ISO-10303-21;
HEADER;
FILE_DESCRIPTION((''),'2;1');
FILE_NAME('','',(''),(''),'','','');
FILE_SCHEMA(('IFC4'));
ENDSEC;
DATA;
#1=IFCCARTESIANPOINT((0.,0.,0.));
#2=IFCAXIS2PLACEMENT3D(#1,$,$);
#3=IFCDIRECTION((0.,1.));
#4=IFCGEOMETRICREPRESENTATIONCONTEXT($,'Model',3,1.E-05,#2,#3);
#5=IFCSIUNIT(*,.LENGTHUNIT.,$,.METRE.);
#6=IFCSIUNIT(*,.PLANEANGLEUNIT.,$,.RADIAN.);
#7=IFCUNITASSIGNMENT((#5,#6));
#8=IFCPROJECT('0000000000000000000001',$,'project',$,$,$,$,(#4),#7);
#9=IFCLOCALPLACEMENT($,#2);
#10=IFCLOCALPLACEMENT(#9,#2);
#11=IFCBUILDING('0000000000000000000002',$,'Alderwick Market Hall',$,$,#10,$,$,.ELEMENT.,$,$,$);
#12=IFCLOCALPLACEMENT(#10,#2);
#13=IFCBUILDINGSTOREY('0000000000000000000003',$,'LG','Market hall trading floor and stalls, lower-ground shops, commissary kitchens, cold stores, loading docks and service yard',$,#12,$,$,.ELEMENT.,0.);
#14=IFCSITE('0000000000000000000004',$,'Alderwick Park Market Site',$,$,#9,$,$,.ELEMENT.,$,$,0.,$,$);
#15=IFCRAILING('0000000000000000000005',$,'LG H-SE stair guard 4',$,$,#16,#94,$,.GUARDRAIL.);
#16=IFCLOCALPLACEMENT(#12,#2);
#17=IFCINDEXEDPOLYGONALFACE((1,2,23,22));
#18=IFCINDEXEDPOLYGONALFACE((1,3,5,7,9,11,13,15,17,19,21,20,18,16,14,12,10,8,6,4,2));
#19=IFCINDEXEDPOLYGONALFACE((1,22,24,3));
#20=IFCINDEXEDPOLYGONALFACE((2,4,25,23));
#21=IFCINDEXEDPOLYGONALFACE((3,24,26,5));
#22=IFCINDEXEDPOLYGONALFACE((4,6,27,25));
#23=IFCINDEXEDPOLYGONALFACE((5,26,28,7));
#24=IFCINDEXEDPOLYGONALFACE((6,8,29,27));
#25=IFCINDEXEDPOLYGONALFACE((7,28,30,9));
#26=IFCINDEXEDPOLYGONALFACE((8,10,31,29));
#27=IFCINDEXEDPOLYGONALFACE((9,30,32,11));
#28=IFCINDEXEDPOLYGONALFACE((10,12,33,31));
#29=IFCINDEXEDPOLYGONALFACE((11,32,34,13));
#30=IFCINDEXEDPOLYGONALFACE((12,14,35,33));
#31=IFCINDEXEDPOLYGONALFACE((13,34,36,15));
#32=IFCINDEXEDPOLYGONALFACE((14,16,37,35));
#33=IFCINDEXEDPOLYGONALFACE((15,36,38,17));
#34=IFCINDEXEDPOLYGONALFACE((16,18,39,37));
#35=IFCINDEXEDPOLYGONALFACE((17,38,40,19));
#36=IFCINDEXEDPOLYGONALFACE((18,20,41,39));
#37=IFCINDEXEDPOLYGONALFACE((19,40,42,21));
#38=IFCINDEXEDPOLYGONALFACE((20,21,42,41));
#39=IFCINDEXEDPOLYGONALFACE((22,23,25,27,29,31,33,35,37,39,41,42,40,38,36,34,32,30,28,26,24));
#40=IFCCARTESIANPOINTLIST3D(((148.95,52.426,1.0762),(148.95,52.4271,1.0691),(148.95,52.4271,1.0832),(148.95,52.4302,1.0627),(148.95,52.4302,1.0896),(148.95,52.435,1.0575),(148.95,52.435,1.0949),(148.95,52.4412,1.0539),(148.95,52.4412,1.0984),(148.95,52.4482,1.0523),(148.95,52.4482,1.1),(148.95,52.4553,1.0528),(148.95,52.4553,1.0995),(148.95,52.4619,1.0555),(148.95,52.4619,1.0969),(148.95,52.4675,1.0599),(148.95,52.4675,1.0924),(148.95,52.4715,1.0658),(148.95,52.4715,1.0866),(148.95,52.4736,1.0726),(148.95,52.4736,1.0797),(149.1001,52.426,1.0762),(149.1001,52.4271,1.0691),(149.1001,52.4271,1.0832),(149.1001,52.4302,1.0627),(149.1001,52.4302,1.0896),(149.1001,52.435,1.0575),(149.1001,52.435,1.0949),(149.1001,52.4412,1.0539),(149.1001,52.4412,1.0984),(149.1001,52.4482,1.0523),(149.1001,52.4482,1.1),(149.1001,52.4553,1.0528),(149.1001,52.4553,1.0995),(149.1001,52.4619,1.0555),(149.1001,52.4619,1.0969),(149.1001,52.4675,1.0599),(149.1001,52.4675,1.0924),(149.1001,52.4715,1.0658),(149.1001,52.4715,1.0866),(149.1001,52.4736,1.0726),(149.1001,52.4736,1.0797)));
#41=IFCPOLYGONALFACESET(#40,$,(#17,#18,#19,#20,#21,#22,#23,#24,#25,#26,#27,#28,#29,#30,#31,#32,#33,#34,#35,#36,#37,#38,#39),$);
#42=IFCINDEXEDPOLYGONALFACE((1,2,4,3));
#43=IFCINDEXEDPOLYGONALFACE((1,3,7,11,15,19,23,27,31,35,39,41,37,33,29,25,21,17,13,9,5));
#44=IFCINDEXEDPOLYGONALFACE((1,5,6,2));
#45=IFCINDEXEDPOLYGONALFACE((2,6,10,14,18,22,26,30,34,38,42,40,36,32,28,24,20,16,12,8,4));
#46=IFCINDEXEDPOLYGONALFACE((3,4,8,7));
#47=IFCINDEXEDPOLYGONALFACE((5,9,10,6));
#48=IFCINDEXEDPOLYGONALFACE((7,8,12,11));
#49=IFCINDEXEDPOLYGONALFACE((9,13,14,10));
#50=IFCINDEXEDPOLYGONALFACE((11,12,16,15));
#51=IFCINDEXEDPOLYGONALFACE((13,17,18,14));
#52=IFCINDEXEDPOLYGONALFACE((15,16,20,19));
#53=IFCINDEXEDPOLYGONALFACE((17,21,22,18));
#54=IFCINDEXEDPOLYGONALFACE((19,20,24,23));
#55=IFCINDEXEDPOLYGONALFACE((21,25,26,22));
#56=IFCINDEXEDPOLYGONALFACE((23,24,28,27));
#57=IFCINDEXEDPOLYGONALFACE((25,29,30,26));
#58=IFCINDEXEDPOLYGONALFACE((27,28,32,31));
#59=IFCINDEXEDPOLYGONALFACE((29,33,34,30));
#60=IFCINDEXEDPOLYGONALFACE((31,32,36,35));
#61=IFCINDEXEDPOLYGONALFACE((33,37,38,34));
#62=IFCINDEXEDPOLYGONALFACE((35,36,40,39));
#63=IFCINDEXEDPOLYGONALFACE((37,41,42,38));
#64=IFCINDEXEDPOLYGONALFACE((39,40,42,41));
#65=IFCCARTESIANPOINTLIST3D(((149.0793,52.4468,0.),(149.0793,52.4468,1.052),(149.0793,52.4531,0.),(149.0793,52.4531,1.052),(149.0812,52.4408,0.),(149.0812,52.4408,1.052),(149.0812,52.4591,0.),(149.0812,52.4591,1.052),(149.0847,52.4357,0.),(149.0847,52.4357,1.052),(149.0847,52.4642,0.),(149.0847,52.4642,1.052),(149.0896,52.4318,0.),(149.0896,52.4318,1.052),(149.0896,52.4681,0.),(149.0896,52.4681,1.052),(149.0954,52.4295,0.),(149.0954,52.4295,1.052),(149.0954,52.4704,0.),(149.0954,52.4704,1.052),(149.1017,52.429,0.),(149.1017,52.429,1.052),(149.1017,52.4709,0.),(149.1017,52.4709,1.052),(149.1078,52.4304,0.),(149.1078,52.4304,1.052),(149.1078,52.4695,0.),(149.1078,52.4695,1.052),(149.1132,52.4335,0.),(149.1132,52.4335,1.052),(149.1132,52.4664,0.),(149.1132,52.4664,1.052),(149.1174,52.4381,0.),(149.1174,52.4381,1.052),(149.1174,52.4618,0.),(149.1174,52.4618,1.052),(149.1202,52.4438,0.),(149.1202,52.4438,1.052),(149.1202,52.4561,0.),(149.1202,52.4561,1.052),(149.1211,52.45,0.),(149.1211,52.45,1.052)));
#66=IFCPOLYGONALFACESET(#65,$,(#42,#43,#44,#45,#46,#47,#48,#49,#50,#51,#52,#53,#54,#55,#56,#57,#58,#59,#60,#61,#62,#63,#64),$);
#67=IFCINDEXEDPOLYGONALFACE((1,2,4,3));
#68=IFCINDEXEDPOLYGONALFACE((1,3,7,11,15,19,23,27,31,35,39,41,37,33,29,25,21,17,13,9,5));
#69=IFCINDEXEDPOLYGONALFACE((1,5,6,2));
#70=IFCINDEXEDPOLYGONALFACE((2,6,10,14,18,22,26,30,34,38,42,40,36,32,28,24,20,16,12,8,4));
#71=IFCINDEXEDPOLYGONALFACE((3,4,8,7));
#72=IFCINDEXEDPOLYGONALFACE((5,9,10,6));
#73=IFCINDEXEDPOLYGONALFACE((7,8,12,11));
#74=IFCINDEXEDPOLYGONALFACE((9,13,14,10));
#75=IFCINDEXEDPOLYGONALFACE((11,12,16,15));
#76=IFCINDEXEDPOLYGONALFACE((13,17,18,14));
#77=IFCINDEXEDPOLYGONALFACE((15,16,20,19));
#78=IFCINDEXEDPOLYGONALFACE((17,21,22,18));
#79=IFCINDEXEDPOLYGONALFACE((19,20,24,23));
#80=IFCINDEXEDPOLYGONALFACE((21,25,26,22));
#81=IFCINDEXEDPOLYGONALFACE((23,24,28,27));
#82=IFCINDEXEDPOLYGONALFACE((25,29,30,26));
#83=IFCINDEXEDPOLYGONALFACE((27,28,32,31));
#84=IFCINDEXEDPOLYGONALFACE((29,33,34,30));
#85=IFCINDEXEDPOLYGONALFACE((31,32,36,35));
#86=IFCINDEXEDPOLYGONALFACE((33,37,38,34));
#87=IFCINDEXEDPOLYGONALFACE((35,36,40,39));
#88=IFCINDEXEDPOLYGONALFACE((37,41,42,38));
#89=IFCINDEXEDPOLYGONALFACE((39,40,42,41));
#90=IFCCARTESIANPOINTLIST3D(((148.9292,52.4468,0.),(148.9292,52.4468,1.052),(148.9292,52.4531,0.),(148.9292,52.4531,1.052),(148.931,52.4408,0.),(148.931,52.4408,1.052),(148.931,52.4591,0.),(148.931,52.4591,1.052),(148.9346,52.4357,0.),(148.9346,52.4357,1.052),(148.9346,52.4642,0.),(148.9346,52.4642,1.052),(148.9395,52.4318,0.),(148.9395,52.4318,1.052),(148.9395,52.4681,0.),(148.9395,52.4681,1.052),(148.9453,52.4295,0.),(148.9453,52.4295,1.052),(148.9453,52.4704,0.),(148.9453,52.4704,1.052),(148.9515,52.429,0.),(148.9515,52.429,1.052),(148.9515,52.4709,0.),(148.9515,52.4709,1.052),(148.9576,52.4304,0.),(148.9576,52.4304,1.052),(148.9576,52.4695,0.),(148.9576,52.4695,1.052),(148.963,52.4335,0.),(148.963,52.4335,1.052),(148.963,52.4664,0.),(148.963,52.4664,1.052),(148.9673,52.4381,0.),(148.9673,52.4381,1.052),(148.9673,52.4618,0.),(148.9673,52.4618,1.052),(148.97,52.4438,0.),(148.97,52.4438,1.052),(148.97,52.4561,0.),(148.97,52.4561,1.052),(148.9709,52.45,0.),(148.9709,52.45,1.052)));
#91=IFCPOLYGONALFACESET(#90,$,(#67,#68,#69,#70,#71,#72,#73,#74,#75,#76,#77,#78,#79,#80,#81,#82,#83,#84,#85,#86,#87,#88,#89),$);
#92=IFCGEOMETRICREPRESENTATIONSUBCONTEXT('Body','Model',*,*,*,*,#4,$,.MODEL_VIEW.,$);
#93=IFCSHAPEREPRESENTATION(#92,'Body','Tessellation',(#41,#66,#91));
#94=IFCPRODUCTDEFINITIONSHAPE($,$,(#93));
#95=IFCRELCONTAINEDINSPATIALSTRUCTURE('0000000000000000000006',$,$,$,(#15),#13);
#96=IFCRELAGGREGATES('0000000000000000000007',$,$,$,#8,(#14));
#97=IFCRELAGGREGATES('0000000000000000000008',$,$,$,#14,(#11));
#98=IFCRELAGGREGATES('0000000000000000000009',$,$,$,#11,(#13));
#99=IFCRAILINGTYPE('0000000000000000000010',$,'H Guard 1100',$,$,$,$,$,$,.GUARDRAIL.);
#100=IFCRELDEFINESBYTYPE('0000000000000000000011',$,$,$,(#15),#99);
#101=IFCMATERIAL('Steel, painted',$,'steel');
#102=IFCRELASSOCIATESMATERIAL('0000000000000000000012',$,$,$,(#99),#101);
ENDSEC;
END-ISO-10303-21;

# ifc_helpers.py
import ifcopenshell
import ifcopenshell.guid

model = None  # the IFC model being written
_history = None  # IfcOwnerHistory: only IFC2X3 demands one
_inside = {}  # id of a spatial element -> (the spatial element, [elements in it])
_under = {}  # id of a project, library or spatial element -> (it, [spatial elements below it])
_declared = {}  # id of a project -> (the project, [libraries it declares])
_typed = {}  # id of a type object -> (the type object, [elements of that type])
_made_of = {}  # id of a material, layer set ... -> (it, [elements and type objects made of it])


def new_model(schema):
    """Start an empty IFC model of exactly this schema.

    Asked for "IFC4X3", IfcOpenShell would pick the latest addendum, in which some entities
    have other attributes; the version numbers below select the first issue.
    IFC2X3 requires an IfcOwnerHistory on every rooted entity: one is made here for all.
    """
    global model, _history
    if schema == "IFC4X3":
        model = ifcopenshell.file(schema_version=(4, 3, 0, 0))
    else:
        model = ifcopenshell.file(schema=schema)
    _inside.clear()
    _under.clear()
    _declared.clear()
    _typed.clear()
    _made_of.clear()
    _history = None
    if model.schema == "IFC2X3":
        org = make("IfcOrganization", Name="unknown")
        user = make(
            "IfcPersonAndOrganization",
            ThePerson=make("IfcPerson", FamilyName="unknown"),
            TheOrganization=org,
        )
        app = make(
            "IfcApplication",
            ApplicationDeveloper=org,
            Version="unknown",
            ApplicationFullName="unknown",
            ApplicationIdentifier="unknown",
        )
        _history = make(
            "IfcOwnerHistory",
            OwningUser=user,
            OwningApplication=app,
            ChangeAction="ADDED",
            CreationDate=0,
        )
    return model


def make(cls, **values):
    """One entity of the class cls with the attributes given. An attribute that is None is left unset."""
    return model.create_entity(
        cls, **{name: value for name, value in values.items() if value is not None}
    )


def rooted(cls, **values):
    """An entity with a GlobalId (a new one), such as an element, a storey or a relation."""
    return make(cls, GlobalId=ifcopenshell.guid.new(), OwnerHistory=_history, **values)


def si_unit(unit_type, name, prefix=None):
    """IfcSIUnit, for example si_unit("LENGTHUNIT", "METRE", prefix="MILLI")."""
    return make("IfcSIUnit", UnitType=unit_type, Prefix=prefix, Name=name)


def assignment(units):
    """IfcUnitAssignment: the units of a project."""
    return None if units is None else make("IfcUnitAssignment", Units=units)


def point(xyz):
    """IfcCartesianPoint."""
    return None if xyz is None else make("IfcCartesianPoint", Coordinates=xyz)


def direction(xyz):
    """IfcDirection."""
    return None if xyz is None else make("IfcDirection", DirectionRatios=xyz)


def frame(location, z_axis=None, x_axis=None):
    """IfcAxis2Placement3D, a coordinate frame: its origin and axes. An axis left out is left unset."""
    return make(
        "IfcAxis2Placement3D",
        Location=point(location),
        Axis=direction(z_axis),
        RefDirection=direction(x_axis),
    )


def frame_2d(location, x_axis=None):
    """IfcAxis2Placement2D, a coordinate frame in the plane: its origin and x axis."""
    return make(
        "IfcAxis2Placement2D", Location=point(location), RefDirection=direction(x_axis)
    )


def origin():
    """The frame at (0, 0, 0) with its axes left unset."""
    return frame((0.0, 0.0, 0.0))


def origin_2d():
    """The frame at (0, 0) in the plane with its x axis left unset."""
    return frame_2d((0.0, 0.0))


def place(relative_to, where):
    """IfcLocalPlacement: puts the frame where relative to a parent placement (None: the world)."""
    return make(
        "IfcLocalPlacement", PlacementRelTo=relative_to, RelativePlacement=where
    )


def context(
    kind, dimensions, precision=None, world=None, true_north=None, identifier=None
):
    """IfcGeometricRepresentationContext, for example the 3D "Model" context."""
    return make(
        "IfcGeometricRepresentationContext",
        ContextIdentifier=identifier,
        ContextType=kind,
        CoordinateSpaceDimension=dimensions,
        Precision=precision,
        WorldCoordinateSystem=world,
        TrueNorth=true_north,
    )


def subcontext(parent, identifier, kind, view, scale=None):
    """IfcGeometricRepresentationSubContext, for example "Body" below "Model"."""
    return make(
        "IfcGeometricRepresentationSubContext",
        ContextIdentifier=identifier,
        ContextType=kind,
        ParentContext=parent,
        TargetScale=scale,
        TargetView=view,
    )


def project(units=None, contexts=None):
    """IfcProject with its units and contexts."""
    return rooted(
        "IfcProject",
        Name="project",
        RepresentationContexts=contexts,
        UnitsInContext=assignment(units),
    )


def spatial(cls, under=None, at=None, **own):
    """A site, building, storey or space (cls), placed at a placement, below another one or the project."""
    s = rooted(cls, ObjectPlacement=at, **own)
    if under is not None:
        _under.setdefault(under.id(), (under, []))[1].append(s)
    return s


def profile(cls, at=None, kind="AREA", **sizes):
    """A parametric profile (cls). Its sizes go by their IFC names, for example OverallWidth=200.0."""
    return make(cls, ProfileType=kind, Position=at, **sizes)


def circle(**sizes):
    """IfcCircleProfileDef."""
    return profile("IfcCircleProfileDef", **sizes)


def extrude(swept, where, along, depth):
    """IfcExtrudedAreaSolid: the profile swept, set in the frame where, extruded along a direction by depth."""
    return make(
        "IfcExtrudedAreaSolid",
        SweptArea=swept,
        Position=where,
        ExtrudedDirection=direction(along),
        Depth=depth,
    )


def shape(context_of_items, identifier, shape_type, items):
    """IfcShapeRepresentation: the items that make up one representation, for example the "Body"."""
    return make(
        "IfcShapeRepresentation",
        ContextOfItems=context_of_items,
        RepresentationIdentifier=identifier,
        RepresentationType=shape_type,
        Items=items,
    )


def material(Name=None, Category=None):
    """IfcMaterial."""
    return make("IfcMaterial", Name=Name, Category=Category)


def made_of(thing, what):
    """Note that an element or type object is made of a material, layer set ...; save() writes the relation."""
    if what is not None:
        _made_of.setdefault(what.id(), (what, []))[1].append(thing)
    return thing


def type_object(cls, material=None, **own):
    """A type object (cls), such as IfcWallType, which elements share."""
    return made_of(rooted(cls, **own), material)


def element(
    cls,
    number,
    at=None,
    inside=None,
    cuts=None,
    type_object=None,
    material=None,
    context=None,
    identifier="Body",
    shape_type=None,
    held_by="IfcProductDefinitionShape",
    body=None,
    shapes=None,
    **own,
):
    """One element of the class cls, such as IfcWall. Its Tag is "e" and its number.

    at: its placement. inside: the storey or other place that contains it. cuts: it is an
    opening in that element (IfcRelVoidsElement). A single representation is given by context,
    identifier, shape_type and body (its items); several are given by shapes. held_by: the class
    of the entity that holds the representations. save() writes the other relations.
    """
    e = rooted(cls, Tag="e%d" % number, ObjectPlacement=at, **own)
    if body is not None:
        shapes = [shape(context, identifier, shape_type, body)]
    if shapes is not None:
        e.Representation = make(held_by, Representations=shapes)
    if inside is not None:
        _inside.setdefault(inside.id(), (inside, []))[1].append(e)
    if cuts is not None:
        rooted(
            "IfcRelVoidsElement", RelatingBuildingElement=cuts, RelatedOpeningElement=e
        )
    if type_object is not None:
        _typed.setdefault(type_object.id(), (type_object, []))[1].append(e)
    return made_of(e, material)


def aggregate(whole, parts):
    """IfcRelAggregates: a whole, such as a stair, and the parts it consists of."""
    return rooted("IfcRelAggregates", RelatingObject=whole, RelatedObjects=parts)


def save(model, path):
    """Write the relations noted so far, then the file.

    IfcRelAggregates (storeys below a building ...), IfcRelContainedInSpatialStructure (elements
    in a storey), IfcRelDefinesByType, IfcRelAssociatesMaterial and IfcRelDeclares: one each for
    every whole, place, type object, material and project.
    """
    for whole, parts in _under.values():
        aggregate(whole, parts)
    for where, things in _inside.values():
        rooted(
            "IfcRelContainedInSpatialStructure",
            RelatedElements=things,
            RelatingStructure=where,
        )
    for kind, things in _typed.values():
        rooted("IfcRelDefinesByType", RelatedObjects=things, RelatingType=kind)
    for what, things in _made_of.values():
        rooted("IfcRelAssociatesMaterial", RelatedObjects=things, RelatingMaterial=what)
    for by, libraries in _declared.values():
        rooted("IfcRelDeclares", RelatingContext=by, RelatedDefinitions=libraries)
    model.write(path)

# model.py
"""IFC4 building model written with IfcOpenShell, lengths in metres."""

from ifc_helpers import new_model, si_unit, direction, frame, origin, origin_2d, place, context, subcontext, project, spatial, circle, extrude, material, type_object, element, save


model = new_model("IFC4")

# Units and contexts
model_context = context("Model", 3, precision=1e-05, world=origin(), true_north=direction((0.0, 1.0)))
body_context = subcontext(model_context, "Body", "Model", "MODEL_VIEW")
ifc_project = project(units=[si_unit("LENGTHUNIT", "METRE"), si_unit("PLANEANGLEUNIT", "RADIAN")], contexts=[model_context])

# Site, building, storey
site_placement = place(None, origin())
site = spatial("IfcSite", under=ifc_project, at=site_placement, Name="Alderwick Park Market Site", CompositionType="ELEMENT", RefElevation=0.0)
building_placement = place(site_placement, origin())
building = spatial("IfcBuilding", under=site, at=building_placement, Name="Alderwick Market Hall", CompositionType="ELEMENT")
storey_placement = place(building_placement, origin())
storey = spatial("IfcBuildingStorey", under=building, at=storey_placement, Name="LG", Description="Market hall trading floor and stalls, lower-ground shops, commissary kitchens, cold stores, loading docks and service yard", CompositionType="ELEMENT", Elevation=0.0)

# Railing
ifc_material_1 = material(Name="Steel, painted", Category="steel")
railing_type_1 = type_object("IfcRailingType", Name="H Guard 1100", PredefinedType="GUARDRAIL", material=ifc_material_1)
railing_1_placement = place(storey_placement, frame((149.1001, 52.45, 0.0)))
element("IfcRailing", 1, at=railing_1_placement, inside=storey, type_object=railing_type_1, Name="LG H-SE stair guard 4", PredefinedType="GUARDRAIL", context=body_context, shape_type="SweptSolid", body=[
    extrude(circle(Radius=0.0239, at=origin_2d()), frame((0.0, 0.0, 1.0762), z_axis=(-1.0, 0.0, 0.0), x_axis=(0.0, -1.0, 0.0)), (0.0, 0.0, 1.0), 0.1501),
    extrude(circle(Radius=0.021, at=origin_2d()), origin(), (0.0, 0.0, 1.0), 1.052),
    extrude(circle(Radius=0.021, at=origin_2d()), frame((-0.1501, 0.0, 0.0)), (0.0, 0.0, 1.0), 1.052),
])

save(model, "model.ifc")
